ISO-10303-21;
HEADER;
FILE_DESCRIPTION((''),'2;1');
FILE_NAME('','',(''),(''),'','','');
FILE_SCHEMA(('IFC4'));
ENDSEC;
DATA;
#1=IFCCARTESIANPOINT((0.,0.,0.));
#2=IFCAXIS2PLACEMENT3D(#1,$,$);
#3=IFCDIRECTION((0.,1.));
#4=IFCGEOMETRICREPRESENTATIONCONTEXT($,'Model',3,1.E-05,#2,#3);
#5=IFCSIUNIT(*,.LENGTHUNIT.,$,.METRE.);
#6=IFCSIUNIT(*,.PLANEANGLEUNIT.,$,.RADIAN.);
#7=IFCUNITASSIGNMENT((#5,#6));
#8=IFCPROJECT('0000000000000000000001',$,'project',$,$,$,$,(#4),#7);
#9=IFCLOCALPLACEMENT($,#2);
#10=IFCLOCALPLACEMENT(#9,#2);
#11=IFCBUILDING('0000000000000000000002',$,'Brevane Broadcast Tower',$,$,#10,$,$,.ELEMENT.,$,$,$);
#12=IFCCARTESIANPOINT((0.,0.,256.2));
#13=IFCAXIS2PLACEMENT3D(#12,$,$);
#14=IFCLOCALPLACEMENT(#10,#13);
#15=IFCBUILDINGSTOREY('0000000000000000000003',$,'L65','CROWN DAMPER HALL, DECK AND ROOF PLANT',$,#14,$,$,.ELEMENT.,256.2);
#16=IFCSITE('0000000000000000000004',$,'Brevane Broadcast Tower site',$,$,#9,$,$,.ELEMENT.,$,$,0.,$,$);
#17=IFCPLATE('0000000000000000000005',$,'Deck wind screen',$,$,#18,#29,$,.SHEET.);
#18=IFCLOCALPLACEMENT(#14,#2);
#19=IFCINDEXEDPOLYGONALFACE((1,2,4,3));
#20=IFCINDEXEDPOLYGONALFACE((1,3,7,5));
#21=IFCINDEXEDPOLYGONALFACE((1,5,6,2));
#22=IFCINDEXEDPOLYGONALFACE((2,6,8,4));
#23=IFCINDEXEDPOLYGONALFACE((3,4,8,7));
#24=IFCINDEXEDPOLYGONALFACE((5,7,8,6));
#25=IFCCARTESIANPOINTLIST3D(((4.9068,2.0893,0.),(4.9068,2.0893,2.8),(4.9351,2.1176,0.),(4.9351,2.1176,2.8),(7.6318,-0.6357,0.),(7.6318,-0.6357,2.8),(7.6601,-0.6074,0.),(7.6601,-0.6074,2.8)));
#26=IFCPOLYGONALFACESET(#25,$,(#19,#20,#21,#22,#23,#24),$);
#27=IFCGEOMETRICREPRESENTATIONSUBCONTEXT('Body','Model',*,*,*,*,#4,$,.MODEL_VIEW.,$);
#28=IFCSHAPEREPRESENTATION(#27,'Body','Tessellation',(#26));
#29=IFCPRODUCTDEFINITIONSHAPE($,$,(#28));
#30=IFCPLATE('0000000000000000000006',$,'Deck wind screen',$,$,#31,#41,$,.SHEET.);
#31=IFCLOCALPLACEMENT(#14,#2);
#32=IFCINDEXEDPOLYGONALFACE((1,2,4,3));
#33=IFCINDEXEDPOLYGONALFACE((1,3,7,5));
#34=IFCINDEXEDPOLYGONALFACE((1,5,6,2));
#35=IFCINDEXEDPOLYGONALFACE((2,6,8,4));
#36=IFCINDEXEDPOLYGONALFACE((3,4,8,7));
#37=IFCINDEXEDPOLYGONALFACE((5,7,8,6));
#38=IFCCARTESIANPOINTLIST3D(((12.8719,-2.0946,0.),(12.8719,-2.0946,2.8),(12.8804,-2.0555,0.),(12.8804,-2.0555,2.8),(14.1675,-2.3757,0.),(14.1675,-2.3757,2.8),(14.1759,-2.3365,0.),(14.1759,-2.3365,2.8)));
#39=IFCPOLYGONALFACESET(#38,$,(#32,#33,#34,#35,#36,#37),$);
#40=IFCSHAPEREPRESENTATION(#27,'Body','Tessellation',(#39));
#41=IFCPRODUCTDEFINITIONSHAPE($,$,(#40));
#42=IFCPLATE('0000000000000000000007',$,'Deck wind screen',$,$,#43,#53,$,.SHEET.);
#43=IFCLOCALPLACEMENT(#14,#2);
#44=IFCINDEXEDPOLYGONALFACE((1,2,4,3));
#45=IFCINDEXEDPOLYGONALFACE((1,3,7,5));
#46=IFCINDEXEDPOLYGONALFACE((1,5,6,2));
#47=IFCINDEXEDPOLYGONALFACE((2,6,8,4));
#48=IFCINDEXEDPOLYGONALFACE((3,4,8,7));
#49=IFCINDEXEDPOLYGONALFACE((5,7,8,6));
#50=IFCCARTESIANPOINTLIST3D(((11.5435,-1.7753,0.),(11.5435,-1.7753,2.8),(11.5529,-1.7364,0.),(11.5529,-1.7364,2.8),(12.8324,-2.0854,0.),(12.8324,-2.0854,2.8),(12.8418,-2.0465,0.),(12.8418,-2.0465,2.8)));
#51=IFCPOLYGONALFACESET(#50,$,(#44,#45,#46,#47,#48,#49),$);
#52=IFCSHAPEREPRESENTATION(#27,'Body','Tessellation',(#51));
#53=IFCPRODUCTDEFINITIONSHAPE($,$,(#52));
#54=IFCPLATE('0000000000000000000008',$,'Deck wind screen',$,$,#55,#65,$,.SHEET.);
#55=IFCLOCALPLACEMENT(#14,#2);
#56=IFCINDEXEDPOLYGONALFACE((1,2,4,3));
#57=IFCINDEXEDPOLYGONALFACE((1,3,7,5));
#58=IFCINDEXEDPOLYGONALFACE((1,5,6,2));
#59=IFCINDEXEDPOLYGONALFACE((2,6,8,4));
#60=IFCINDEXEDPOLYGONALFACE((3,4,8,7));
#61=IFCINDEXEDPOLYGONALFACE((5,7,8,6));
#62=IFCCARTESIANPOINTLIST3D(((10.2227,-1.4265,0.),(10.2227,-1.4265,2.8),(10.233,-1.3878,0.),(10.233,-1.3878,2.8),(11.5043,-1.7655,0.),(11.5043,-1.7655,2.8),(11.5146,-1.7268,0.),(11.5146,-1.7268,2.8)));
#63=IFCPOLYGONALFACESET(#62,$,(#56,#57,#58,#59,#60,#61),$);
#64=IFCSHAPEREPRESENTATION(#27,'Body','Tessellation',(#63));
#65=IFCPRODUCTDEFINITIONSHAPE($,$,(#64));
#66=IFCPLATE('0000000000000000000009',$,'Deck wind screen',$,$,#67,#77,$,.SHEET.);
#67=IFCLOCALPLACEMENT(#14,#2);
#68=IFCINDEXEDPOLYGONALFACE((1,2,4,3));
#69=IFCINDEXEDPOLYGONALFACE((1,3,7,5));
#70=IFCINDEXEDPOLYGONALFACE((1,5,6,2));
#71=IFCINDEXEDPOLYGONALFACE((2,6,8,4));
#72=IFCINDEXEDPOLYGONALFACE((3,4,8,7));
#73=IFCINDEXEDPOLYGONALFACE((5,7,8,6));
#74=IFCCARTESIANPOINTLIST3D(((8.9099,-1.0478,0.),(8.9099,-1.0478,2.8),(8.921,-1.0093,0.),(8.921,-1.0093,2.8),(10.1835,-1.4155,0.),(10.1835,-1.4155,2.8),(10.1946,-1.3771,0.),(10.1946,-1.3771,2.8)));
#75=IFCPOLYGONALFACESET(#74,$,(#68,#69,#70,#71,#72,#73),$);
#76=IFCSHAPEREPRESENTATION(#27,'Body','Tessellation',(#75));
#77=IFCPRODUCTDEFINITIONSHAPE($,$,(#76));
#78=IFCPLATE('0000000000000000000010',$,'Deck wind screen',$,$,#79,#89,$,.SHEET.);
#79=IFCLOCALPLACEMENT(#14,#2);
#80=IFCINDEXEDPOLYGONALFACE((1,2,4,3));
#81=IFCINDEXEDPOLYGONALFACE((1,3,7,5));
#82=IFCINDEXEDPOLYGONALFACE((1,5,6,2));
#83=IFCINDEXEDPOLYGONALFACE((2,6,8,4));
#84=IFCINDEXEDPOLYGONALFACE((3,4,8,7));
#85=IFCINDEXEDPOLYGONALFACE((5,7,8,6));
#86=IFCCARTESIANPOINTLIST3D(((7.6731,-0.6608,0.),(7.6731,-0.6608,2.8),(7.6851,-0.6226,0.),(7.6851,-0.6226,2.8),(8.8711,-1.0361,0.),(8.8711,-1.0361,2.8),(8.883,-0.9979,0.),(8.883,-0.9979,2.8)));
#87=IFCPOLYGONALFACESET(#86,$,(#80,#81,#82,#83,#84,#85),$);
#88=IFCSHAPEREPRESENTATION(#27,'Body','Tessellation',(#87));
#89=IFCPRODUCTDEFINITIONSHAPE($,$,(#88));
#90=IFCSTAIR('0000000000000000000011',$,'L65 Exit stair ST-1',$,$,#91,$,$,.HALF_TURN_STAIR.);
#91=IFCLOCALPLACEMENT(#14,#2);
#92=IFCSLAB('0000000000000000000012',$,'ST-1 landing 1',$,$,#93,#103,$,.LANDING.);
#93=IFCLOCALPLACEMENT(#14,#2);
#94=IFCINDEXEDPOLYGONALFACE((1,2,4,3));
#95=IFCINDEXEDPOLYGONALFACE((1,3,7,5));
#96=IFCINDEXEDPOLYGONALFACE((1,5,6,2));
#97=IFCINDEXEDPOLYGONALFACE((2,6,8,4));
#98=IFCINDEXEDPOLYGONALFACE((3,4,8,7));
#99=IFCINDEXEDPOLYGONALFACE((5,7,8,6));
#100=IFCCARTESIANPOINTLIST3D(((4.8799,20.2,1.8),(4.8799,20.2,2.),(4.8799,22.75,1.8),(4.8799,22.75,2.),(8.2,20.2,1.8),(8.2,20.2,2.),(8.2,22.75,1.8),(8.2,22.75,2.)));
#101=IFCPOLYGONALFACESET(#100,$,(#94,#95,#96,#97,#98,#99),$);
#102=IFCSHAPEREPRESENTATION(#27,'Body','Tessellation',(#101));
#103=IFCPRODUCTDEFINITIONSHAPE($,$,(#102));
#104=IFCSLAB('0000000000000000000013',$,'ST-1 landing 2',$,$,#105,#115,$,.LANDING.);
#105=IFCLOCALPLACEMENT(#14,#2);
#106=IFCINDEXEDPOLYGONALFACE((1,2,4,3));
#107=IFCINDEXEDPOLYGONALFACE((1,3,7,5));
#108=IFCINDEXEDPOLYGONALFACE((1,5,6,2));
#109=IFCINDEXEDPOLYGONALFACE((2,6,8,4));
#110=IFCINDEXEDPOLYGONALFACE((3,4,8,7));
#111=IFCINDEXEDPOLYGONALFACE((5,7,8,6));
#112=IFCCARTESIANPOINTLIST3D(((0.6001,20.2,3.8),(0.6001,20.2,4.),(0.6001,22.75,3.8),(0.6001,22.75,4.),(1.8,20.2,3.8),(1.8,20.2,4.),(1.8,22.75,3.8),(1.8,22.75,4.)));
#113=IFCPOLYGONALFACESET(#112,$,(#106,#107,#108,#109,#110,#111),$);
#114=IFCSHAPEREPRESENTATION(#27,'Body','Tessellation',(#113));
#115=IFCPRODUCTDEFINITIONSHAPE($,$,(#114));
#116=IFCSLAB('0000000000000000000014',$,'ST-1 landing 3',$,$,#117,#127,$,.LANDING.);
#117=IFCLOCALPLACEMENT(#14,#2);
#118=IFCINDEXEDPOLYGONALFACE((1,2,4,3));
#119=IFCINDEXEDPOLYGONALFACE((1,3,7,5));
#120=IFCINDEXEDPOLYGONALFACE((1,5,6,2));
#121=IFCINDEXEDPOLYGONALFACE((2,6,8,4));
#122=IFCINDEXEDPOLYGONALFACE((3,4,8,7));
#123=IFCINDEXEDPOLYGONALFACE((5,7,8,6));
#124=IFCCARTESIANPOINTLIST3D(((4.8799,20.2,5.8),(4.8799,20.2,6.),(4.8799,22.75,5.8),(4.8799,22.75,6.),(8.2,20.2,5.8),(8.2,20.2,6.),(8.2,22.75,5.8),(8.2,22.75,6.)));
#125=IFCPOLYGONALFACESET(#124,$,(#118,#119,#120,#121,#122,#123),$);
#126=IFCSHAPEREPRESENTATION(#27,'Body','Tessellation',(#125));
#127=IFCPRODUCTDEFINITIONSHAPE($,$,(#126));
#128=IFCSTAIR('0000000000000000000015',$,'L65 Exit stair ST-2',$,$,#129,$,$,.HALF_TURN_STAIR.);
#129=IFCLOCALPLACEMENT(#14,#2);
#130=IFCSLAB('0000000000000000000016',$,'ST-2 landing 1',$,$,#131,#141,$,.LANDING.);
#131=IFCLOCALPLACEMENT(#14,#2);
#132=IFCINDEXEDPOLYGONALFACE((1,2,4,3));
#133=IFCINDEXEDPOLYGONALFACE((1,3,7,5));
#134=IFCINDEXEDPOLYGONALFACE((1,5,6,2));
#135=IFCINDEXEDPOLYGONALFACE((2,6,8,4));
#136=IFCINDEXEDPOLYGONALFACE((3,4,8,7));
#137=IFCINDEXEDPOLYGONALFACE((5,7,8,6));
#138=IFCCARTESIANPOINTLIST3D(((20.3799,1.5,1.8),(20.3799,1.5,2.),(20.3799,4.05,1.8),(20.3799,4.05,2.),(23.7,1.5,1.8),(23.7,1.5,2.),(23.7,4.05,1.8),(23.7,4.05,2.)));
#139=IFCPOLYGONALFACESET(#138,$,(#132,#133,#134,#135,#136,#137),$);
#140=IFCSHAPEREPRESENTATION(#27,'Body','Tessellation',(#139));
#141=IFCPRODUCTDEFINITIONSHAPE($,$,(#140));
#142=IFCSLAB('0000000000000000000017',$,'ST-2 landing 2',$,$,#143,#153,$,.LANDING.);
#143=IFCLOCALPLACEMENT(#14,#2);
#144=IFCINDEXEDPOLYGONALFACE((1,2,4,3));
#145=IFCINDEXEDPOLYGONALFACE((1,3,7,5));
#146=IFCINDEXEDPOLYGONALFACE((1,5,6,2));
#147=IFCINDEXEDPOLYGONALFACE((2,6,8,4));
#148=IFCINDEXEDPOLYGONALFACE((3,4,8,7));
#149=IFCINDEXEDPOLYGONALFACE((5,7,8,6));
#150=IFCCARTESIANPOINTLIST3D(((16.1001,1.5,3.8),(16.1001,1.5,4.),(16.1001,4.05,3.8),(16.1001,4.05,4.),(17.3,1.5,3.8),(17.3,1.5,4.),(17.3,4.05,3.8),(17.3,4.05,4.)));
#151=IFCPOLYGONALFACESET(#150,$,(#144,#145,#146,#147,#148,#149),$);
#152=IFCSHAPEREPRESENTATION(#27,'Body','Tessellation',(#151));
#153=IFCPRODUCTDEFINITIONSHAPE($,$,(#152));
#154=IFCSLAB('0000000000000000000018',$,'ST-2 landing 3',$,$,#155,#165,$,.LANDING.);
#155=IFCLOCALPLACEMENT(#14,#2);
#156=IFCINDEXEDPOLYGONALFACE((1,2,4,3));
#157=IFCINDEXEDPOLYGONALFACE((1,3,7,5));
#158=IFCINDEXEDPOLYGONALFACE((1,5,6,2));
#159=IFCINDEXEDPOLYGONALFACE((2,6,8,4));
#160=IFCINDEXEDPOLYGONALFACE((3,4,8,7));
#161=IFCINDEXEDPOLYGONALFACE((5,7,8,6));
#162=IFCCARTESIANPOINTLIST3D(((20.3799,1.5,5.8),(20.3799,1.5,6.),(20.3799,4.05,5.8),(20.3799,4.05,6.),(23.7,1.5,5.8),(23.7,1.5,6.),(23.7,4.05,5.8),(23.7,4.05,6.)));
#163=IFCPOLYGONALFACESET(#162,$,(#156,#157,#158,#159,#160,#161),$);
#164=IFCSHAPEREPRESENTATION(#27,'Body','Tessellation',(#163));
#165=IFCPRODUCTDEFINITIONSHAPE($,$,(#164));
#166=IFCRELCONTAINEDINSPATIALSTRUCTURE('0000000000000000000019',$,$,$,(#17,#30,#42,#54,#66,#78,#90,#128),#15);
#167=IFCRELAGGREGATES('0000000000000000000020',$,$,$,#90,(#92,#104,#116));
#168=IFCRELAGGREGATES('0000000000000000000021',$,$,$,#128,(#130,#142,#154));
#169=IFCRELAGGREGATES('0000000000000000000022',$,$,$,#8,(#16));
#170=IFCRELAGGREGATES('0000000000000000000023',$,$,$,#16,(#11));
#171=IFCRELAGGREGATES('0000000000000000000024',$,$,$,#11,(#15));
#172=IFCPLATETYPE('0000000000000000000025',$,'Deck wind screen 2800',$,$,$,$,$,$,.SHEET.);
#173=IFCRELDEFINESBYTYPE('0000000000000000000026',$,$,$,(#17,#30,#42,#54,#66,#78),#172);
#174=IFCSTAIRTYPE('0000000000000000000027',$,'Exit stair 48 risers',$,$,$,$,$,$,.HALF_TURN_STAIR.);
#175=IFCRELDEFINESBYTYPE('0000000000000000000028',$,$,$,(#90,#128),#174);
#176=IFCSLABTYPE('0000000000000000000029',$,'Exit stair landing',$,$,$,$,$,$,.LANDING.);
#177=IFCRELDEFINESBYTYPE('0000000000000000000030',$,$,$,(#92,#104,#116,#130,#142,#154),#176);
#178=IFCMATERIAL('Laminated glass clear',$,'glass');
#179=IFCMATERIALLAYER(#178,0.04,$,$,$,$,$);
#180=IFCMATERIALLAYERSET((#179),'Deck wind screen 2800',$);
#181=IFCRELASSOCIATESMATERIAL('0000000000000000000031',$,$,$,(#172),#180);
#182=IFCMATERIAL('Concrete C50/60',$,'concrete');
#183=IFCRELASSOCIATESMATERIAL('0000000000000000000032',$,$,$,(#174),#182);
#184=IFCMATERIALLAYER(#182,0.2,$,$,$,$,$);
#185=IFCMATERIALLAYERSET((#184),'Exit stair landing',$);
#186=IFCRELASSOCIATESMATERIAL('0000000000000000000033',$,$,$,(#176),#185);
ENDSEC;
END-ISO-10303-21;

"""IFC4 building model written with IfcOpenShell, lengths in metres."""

from ifc_helpers import new_model, si_unit, direction, frame, origin, origin_2d, place, context, subcontext, project, spatial, polyline, rectangle, outline, extrude, material, layer, layer_set, type_object, element, aggregate, save


model = new_model("IFC4")

# Units and contexts
model_context = context("Model", 3, precision=1e-05, world=origin(), true_north=direction((0.0, 1.0)))
body_context = subcontext(model_context, "Body", "Model", "MODEL_VIEW")
ifc_project = project(units=[si_unit("LENGTHUNIT", "METRE"), si_unit("PLANEANGLEUNIT", "RADIAN")], contexts=[model_context])

# Site, building, storey
site_placement = place(None, origin())
site = spatial("IfcSite", under=ifc_project, at=site_placement, Name="Brevane Broadcast Tower site", CompositionType="ELEMENT", RefElevation=0.0)
building_placement = place(site_placement, origin())
building = spatial("IfcBuilding", under=site, at=building_placement, Name="Brevane Broadcast Tower", CompositionType="ELEMENT")
storey_placement = place(building_placement, frame((0.0, 0.0, 256.2)))
storey = spatial("IfcBuildingStorey", under=building, at=storey_placement, Name="L65", Description="CROWN DAMPER HALL, DECK AND ROOF PLANT", CompositionType="ELEMENT", Elevation=256.2)

# Plates
ifc_material_1 = material(Name="Laminated glass clear", Category="glass")
ifc_layer_1 = layer(ifc_material_1, 0.04)
ifc_layer_set_1 = layer_set([ifc_layer_1], Name="Deck wind screen 2800")
plate_type = type_object("IfcPlateType", Name="Deck wind screen 2800", PredefinedType="SHEET", material=ifc_layer_set_1)
plate_1_placement = place(storey_placement, frame((6.2834, 0.741, 0.0), z_axis=(0.0, 0.0, 1.0), x_axis=(-0.707107, 0.707107, 0.0)))
element("IfcPlate", 1, at=plate_1_placement, inside=storey, type_object=plate_type, Name="Deck wind screen", PredefinedType="SHEET", context=body_context, shape_type="SweptSolid", body=[
    extrude(rectangle(XDim=3.8538, YDim=0.04, at=origin_2d()), origin(), (0.0, 0.0, 1.0), 2.8),
])
for number, where, z_axis, x_axis, name in (
    (2, (13.5239, -2.2156, 0.0), (0.0, 0.0, 1.0), (-0.977266, 0.212016, 0.0), "Deck wind screen"),
    (3, (12.1926, -1.9109, 0.0), (0.0, 0.0, 1.0), (-0.972252, 0.233937, 0.0), "Deck wind screen"),
    (4, (10.8687, -1.5767, 0.0), (0.0, 0.0, 1.0), (-0.966746, 0.25574, 0.0), "Deck wind screen"),
    (5, (9.5522, -1.2124, 0.0), (0.0, 0.0, 1.0), (-0.960751, 0.277414, 0.0), "Deck wind screen"),
):
    element("IfcPlate", number, at=place(storey_placement, frame(where, z_axis=z_axis, x_axis=x_axis)), inside=storey, type_object=plate_type, Name=name, PredefinedType="SHEET", context=body_context, shape_type="SweptSolid", body=[
        extrude(rectangle(XDim=1.3257, YDim=0.04, at=origin_2d()), origin(), (0.0, 0.0, 1.0), 2.8),
    ])
plate_2_placement = place(storey_placement, frame((8.2781, -0.8293, 0.0), z_axis=(0.0, 0.0, 1.0), x_axis=(-0.954269, 0.298948, 0.0)))
element("IfcPlate", 6, at=plate_2_placement, inside=storey, type_object=plate_type, Name="Deck wind screen", PredefinedType="SHEET", context=body_context, shape_type="SweptSolid", body=[
    extrude(rectangle(XDim=1.2554, YDim=0.04, at=origin_2d()), origin(), (0.0, 0.0, 1.0), 2.8),
])

# Stairs, slabs
ifc_material_2 = material(Name="Concrete C50/60", Category="concrete")
stair_type = type_object("IfcStairType", Name="Exit stair 48 risers", PredefinedType="HALF_TURN_STAIR", material=ifc_material_2)
stair_1_placement = place(storey_placement, origin())
stair_1 = element("IfcStair", 7, at=stair_1_placement, inside=storey, type_object=stair_type, Name="L65 Exit stair ST-1", PredefinedType="HALF_TURN_STAIR")
ifc_layer_2 = layer(ifc_material_2, 0.2)
ifc_layer_set_2 = layer_set([ifc_layer_2], Name="Exit stair landing")
slab_type_1 = type_object("IfcSlabType", Name="Exit stair landing", PredefinedType="LANDING", material=ifc_layer_set_2)
slab_1_placement = place(storey_placement, frame((0.0, 0.0, 1.8)))
slab_1 = element("IfcSlab", 8, at=slab_1_placement, type_object=slab_type_1, Name="ST-1 landing 1", PredefinedType="LANDING", context=body_context, shape_type="SweptSolid", body=[
    extrude(outline(polyline([(4.8799, 20.2), (8.2, 20.2), (8.2, 22.75), (4.8799, 22.75), (4.8799, 20.2)])), origin(), (0.0, 0.0, 1.0), 0.2),
])
slab_2_placement = place(storey_placement, frame((0.0, 0.0, 3.8)))
slab_2 = element("IfcSlab", 9, at=slab_2_placement, type_object=slab_type_1, Name="ST-1 landing 2", PredefinedType="LANDING", context=body_context, shape_type="SweptSolid", body=[
    extrude(outline(polyline([(0.6001, 20.2), (1.8, 20.2), (1.8, 22.75), (0.6001, 22.75), (0.6001, 20.2)])), origin(), (0.0, 0.0, 1.0), 0.2),
])
slab_3_placement = place(storey_placement, frame((0.0, 0.0, 5.8)))
slab_3 = element("IfcSlab", 10, at=slab_3_placement, type_object=slab_type_1, Name="ST-1 landing 3", PredefinedType="LANDING", context=body_context, shape_type="SweptSolid", body=[
    extrude(outline(polyline([(4.8799, 20.2), (8.2, 20.2), (8.2, 22.75), (4.8799, 22.75), (4.8799, 20.2)])), origin(), (0.0, 0.0, 1.0), 0.2),
])
aggregate(stair_1, [slab_1, slab_2, slab_3])
stair_2_placement = place(storey_placement, origin())
stair_2 = element("IfcStair", 11, at=stair_2_placement, inside=storey, type_object=stair_type, Name="L65 Exit stair ST-2", PredefinedType="HALF_TURN_STAIR")
slab_4_placement = place(storey_placement, frame((0.0, 0.0, 1.8)))
slab_4 = element("IfcSlab", 12, at=slab_4_placement, type_object=slab_type_1, Name="ST-2 landing 1", PredefinedType="LANDING", context=body_context, shape_type="SweptSolid", body=[
    extrude(outline(polyline([(20.3799, 1.5), (23.7, 1.5), (23.7, 4.05), (20.3799, 4.05), (20.3799, 1.5)])), origin(), (0.0, 0.0, 1.0), 0.2),
])
slab_5_placement = place(storey_placement, frame((0.0, 0.0, 3.8)))
slab_5 = element("IfcSlab", 13, at=slab_5_placement, type_object=slab_type_1, Name="ST-2 landing 2", PredefinedType="LANDING", context=body_context, shape_type="SweptSolid", body=[
    extrude(outline(polyline([(16.1001, 1.5), (17.3, 1.5), (17.3, 4.05), (16.1001, 4.05), (16.1001, 1.5)])), origin(), (0.0, 0.0, 1.0), 0.2),
])
slab_6_placement = place(storey_placement, frame((0.0, 0.0, 5.8)))
slab_6 = element("IfcSlab", 14, at=slab_6_placement, type_object=slab_type_1, Name="ST-2 landing 3", PredefinedType="LANDING", context=body_context, shape_type="SweptSolid", body=[
    extrude(outline(polyline([(20.3799, 1.5), (23.7, 1.5), (23.7, 4.05), (20.3799, 4.05), (20.3799, 1.5)])), origin(), (0.0, 0.0, 1.0), 0.2),
])
aggregate(stair_2, [slab_4, slab_5, slab_6])

save(model, "model.ifc")
